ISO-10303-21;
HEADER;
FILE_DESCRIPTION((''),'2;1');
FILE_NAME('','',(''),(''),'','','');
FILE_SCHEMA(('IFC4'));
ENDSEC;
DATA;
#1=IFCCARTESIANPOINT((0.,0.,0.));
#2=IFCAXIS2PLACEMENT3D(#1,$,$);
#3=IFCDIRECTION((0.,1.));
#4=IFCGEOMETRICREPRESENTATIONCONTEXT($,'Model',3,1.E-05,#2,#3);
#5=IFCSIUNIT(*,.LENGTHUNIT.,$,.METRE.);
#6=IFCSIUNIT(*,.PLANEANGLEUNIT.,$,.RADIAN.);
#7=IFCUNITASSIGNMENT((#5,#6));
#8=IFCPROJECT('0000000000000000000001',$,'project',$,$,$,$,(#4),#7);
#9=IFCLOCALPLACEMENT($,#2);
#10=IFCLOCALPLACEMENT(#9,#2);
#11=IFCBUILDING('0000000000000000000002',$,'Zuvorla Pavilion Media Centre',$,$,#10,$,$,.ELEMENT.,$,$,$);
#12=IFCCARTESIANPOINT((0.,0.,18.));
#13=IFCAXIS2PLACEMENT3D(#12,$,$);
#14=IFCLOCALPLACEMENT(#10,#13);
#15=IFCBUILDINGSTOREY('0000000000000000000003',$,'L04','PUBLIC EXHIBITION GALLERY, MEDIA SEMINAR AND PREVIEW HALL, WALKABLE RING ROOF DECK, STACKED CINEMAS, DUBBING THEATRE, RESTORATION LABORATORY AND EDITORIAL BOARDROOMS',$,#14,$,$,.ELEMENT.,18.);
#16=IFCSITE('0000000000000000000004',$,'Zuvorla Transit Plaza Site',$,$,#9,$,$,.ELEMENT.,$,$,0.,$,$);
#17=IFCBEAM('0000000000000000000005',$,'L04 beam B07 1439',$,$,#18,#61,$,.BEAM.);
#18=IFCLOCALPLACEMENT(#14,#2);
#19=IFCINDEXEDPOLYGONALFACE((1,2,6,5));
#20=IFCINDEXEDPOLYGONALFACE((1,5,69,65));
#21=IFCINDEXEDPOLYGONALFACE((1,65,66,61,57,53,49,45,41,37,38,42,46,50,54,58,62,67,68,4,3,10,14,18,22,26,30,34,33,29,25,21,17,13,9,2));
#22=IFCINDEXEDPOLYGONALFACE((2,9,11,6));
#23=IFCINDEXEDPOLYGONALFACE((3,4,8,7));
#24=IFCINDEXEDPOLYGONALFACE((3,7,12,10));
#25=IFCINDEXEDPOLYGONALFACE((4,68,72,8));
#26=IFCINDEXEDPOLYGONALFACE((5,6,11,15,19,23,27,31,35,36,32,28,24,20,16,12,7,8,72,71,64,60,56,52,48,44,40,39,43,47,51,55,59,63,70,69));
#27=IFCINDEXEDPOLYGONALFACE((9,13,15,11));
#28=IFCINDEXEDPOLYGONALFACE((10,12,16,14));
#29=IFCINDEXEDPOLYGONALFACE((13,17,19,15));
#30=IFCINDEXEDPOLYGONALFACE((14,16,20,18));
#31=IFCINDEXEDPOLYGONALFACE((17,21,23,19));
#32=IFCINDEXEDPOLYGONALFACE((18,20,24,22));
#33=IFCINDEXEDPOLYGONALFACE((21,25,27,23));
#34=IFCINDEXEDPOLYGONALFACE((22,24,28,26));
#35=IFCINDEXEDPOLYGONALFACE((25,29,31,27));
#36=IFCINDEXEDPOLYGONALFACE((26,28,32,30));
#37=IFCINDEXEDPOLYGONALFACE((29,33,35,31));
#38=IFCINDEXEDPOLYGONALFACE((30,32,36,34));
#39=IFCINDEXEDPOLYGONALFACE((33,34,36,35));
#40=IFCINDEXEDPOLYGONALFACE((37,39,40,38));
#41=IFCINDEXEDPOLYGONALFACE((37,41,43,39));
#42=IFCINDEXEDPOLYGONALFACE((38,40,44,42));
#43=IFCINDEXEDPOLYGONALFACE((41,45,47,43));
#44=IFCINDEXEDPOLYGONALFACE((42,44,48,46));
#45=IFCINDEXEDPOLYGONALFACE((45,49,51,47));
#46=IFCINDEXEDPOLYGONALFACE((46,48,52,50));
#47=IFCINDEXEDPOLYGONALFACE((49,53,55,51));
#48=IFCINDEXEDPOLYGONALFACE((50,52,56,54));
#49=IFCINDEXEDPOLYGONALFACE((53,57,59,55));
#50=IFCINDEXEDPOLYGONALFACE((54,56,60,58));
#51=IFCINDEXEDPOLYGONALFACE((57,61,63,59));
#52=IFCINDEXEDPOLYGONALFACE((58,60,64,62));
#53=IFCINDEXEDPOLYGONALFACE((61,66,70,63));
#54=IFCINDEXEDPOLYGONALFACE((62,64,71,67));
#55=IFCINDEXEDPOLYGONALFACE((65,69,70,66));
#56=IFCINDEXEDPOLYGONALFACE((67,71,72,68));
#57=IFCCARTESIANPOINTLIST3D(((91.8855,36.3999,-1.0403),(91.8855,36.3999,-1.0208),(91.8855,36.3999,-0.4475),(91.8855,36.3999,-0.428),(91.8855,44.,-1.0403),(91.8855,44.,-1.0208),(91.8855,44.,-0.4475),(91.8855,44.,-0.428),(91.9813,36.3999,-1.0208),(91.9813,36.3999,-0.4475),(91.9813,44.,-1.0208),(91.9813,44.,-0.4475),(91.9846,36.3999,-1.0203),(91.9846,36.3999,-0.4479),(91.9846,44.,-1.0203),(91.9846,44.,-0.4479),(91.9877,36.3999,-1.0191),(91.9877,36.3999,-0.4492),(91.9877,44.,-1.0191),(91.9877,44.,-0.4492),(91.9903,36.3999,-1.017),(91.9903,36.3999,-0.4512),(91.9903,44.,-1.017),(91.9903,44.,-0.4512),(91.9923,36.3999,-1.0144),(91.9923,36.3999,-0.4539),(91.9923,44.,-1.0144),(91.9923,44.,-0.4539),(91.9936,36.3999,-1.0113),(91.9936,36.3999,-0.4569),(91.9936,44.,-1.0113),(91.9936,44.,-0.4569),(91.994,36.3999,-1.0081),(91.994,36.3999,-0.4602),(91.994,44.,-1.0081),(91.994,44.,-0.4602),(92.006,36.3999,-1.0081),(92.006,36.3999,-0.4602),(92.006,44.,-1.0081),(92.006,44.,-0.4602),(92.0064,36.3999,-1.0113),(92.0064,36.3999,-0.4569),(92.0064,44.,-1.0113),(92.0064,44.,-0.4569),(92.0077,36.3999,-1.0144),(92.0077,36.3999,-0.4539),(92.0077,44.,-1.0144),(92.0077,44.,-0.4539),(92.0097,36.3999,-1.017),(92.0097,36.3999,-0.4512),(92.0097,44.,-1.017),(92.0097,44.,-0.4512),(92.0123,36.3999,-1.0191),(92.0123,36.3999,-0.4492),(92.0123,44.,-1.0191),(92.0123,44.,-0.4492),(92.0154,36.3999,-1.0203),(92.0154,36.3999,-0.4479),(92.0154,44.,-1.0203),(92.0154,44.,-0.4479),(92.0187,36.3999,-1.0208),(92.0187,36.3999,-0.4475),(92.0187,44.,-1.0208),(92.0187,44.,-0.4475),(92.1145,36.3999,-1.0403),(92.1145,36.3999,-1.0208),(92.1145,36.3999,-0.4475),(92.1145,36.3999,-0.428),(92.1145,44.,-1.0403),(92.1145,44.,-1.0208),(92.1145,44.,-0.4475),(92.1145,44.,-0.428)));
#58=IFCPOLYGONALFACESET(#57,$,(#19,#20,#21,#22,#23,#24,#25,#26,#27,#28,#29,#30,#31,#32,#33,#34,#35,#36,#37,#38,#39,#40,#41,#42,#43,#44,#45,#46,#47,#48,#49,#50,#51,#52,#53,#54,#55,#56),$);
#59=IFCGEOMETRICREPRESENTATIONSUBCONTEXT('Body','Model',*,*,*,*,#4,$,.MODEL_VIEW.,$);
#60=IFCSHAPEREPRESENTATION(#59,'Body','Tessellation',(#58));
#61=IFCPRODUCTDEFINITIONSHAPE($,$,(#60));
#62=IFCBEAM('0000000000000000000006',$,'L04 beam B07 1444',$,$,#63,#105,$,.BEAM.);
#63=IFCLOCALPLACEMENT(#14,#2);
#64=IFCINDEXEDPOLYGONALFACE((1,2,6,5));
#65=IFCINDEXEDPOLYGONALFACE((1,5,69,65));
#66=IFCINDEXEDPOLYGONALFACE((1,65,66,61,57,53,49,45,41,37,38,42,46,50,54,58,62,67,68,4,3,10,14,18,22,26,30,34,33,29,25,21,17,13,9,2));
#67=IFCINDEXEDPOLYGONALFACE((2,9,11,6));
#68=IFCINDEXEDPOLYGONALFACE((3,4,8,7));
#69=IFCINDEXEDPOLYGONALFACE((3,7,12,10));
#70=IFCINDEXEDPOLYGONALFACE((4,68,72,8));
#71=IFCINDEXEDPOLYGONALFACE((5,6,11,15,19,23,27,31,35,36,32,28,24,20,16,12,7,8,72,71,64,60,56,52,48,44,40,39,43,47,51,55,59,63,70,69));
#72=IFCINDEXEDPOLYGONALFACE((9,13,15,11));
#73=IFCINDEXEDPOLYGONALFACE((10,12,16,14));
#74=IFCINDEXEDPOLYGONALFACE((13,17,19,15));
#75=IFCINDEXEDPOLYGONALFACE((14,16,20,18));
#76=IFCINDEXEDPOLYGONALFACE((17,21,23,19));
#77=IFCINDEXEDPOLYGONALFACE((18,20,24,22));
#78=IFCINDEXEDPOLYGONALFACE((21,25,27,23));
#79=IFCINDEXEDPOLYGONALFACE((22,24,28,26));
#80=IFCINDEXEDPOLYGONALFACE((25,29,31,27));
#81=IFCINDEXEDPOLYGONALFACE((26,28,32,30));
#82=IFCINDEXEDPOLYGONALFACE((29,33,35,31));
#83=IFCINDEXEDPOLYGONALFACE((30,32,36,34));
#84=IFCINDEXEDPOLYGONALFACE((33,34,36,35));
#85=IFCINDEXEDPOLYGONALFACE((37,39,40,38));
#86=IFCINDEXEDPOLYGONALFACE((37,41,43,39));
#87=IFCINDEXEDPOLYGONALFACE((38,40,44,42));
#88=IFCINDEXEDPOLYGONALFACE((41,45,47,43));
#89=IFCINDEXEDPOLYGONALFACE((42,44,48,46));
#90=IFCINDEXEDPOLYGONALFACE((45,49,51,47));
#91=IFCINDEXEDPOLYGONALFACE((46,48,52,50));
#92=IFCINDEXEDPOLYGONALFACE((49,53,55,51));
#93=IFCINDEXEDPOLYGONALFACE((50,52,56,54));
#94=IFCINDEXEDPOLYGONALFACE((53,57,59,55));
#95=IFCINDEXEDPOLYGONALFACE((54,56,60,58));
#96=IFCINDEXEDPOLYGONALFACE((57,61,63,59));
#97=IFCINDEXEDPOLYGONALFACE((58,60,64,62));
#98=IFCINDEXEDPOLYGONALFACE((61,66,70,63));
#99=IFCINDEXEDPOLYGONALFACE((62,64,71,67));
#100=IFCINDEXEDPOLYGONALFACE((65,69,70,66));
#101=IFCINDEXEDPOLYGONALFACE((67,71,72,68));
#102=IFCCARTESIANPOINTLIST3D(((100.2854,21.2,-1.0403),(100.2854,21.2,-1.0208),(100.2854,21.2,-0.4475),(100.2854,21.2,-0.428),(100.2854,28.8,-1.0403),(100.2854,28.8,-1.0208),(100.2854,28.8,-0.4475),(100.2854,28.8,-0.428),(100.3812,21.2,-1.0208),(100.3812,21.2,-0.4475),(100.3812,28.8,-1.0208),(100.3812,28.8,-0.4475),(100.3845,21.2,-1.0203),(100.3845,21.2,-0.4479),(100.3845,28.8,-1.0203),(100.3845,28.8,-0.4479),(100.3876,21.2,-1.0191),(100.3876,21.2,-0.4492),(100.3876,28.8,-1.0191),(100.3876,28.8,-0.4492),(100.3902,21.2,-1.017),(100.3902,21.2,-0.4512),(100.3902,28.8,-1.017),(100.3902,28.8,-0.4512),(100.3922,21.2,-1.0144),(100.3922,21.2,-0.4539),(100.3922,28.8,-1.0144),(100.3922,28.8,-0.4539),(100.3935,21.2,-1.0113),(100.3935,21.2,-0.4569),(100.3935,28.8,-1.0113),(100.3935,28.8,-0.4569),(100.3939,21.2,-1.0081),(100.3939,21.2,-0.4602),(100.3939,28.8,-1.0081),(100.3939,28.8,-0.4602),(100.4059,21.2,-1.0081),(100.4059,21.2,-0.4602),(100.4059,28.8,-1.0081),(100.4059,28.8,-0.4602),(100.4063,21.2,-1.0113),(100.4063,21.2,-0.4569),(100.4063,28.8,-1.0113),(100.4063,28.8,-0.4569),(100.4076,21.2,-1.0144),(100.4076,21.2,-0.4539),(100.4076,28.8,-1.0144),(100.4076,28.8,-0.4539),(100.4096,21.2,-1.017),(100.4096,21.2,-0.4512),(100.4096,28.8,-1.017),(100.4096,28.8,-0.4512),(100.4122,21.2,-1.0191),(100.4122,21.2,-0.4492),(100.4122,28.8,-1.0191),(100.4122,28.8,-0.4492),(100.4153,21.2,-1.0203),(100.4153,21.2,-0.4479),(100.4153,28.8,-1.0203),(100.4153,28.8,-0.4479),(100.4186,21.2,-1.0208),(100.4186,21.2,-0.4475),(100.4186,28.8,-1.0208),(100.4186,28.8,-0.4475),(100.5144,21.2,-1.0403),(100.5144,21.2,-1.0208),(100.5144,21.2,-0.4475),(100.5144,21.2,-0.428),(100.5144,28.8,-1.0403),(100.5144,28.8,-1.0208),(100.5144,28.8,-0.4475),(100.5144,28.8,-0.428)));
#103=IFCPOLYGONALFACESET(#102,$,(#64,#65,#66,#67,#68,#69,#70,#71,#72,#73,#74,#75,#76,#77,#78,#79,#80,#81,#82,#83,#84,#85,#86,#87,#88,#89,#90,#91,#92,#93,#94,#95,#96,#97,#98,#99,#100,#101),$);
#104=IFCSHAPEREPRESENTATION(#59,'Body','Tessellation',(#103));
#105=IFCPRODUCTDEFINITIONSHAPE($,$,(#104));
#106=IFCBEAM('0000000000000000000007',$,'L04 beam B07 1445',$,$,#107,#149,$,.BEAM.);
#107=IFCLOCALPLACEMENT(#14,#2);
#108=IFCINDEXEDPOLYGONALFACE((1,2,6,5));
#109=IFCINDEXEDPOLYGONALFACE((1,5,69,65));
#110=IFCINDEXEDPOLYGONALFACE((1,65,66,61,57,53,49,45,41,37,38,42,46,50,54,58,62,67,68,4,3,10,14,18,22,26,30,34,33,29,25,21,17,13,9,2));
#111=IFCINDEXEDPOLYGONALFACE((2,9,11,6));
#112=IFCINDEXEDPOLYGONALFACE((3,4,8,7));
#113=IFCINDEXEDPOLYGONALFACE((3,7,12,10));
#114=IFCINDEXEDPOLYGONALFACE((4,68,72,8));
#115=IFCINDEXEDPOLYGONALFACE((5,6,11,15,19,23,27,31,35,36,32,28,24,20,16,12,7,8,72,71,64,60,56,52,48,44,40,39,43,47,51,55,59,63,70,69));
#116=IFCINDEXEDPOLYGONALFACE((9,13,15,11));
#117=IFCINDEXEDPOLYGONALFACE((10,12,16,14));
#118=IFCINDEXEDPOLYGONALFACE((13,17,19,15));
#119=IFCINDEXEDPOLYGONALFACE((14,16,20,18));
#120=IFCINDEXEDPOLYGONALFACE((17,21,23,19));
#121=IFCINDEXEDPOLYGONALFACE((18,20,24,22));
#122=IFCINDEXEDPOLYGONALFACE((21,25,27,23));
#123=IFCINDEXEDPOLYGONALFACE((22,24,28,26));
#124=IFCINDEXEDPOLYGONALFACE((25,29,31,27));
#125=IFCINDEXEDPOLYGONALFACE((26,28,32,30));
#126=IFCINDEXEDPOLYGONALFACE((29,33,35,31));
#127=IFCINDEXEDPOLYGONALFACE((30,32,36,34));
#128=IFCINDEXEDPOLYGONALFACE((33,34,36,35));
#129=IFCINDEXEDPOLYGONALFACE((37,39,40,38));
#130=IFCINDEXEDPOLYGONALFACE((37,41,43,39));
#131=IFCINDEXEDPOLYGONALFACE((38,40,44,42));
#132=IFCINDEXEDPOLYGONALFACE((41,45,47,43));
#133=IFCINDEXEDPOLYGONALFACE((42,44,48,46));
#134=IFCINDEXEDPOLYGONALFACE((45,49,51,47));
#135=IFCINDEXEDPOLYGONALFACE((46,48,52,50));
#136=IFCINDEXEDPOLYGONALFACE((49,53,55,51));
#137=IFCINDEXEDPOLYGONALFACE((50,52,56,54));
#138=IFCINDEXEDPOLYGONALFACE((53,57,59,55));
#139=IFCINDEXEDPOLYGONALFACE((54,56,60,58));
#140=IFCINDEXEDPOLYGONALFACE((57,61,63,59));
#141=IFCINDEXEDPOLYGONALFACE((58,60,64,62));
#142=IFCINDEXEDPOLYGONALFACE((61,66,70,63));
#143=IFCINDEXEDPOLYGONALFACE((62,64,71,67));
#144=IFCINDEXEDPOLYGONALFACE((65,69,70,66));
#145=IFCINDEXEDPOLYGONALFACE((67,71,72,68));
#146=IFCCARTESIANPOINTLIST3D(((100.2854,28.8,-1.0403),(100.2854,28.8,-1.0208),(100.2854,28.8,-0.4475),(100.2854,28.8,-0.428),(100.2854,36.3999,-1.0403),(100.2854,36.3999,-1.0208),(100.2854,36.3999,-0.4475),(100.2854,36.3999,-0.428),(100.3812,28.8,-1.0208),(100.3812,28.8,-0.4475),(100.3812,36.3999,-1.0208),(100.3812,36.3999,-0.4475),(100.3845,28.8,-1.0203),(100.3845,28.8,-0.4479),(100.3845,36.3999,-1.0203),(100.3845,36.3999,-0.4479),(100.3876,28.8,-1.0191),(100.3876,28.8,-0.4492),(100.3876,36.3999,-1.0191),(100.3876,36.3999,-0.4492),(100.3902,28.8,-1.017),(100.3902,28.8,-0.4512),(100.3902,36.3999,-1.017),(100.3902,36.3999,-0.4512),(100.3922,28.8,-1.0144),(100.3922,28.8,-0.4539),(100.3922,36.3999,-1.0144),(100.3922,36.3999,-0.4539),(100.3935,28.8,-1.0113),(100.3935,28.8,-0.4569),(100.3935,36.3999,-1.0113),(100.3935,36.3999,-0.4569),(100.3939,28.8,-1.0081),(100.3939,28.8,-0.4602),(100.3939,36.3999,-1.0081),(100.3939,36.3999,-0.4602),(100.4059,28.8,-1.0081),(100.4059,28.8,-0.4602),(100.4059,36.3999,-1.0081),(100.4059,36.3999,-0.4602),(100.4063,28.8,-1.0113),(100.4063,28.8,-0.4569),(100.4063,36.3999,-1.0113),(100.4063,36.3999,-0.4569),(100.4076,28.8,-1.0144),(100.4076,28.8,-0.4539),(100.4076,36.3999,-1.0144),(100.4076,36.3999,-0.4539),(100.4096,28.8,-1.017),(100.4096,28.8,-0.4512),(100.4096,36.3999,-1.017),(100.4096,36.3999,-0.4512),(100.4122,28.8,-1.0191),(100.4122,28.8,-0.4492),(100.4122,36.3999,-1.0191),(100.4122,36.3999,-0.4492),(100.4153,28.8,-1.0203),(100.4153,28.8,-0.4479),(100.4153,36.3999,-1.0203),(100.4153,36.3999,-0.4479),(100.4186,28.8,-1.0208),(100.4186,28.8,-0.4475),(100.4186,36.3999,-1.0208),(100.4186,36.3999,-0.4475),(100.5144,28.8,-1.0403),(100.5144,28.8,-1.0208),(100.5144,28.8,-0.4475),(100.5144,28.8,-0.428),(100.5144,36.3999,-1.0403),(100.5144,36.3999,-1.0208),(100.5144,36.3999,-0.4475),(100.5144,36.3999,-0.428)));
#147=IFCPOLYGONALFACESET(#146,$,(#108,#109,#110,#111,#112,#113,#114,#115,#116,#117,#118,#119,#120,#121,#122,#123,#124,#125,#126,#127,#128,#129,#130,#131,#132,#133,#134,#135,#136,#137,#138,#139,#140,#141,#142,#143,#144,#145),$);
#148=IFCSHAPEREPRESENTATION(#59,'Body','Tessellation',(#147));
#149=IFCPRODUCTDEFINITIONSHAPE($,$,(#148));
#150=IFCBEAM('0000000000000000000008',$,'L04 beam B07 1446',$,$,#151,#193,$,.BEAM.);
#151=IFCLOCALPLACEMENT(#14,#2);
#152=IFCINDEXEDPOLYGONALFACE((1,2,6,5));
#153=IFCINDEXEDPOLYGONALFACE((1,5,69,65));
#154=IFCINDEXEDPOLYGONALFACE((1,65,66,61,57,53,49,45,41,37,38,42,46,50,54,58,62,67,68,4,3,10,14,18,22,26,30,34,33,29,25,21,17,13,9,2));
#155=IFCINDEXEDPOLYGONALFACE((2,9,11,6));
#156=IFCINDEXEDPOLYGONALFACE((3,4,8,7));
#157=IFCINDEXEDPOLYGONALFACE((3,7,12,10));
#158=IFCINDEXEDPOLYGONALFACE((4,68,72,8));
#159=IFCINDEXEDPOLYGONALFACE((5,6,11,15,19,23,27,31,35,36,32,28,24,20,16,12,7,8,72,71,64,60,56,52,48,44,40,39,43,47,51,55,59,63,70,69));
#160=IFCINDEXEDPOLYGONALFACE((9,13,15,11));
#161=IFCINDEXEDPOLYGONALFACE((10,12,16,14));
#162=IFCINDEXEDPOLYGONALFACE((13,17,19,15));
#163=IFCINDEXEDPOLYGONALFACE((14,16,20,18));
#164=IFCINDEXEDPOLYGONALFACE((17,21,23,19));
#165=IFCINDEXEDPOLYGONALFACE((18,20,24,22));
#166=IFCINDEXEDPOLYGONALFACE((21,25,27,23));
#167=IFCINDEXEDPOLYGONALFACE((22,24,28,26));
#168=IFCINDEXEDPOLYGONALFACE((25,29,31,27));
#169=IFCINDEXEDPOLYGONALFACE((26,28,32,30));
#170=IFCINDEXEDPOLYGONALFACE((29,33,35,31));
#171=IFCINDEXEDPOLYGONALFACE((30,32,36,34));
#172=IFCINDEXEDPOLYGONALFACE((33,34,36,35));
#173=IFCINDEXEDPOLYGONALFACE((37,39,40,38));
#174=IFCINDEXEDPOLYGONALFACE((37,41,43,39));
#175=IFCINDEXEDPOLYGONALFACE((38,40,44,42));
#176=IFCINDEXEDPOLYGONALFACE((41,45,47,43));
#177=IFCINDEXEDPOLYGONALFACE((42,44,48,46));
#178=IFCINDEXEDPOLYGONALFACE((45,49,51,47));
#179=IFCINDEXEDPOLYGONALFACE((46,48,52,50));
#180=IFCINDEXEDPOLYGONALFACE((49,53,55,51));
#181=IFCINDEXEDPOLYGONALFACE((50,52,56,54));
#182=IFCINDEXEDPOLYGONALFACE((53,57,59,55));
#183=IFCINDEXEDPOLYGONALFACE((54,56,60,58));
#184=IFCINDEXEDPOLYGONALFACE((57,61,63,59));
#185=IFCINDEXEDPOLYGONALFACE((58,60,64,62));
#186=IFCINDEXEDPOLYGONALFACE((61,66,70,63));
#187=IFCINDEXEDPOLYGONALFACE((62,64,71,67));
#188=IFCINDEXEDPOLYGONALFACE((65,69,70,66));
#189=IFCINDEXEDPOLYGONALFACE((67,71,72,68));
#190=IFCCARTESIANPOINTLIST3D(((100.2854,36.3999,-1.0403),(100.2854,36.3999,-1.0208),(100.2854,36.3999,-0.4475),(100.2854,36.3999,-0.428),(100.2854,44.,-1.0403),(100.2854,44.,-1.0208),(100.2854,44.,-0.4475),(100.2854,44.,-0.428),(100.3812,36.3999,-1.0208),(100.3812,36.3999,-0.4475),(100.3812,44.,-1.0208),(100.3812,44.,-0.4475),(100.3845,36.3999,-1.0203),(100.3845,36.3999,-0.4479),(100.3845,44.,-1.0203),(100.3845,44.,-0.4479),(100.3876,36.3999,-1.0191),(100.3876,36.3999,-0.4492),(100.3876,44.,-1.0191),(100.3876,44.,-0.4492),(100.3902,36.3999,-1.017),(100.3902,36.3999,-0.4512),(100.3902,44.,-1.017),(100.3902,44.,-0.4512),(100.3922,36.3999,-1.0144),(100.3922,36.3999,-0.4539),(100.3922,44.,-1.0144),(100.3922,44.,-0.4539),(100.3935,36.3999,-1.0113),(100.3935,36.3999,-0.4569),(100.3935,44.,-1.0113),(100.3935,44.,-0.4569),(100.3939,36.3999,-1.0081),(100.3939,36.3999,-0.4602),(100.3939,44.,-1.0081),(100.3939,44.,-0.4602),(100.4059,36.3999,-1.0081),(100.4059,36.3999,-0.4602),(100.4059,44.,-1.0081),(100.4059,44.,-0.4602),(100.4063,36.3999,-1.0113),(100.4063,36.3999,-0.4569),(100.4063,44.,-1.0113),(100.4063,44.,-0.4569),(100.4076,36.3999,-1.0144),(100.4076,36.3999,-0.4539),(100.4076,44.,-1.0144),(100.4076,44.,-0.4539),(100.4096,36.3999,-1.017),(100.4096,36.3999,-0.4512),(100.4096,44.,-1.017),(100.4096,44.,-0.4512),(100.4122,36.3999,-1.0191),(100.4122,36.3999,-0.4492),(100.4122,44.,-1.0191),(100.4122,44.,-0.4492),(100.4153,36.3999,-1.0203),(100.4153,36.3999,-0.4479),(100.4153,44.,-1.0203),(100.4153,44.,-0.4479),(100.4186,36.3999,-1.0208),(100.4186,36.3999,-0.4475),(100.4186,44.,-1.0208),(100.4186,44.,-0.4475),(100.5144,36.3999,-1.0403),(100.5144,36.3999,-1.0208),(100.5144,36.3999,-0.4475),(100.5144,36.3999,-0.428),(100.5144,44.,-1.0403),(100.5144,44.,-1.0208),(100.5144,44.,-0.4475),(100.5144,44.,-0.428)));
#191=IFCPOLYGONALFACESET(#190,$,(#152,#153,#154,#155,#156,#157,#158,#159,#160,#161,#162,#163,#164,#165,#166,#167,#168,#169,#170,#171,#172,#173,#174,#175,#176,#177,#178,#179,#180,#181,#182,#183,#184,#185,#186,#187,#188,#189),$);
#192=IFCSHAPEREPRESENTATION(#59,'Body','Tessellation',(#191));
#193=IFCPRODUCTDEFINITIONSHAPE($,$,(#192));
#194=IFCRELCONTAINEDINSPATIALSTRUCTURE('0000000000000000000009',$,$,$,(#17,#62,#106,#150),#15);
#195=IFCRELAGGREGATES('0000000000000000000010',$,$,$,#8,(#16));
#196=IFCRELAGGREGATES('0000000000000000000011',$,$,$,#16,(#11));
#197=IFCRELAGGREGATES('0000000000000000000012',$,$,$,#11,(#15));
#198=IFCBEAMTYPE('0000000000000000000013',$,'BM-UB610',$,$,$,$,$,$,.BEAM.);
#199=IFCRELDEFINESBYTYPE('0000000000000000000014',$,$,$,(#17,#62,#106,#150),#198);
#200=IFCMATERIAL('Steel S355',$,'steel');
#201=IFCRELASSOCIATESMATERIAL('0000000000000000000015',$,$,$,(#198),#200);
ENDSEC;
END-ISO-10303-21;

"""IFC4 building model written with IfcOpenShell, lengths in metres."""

from ifc_helpers import new_model, si_unit, direction, frame, origin, origin_2d, place, context, subcontext, project, spatial, i_section, extrude, material, material_profile, profile_set, type_object, element, save


model = new_model("IFC4")

# Units and contexts
model_context = context("Model", 3, precision=1e-05, world=origin(), true_north=direction((0.0, 1.0)))
body_context = subcontext(model_context, "Body", "Model", "MODEL_VIEW")
ifc_project = project(units=[si_unit("LENGTHUNIT", "METRE"), si_unit("PLANEANGLEUNIT", "RADIAN")], contexts=[model_context])

# Site, building, storey
site_placement = place(None, origin())
site = spatial("IfcSite", under=ifc_project, at=site_placement, Name="Zuvorla Transit Plaza Site", CompositionType="ELEMENT", RefElevation=0.0)
building_placement = place(site_placement, origin())
building = spatial("IfcBuilding", under=site, at=building_placement, Name="Zuvorla Pavilion Media Centre", CompositionType="ELEMENT")
storey_placement = place(building_placement, frame((0.0, 0.0, 18.0)))
storey = spatial("IfcBuildingStorey", under=building, at=storey_placement, Name="L04", Description="PUBLIC EXHIBITION GALLERY, MEDIA SEMINAR AND PREVIEW HALL, WALKABLE RING ROOF DECK, STACKED CINEMAS, DUBBING THEATRE, RESTORATION LABORATORY AND EDITORIAL BOARDROOMS", CompositionType="ELEMENT", Elevation=18.0)

# Beams
ifc_material_1 = material(Name="Steel S355", Category="steel")
ifc_material_profile_1 = material_profile(ifc_material_1, i_section(OverallWidth=0.229, OverallDepth=0.6123, WebThickness=0.012, FlangeThickness=0.0195, FilletRadius=0.0127, at=origin_2d()), Name="UB 610x229x125")
ifc_profile_set_1 = profile_set([ifc_material_profile_1], Name="Steel S355")
beam_type_1 = type_object("IfcBeamType", Name="BM-UB610", PredefinedType="BEAM", material=ifc_profile_set_1)
for number, where, z_axis, x_axis, name in (
    (1, (92.0, 36.3999, -0.7341), (0.0, 1.0, 0.0), (-1.0, 0.0, 0.0), "L04 beam B07 1439"),
    (2, (100.3999, 21.2, -0.7341), (0.0, 1.0, 0.0), (-1.0, 0.0, 0.0), "L04 beam B07 1444"),
):
    element("IfcBeam", number, at=place(storey_placement, frame(where, z_axis=z_axis, x_axis=x_axis)), inside=storey, type_object=beam_type_1, Name=name, PredefinedType="BEAM", context=body_context, shape_type="SweptSolid", body=[
        extrude(i_section(OverallWidth=0.229, OverallDepth=0.6123, WebThickness=0.012, FlangeThickness=0.0195, FilletRadius=0.0127, at=origin_2d()), origin(), (0.0, 0.0, 1.0), 7.6001),
    ])
beam_1_placement = place(storey_placement, frame((100.3999, 28.8, -0.7341), z_axis=(0.0, 1.0, 0.0), x_axis=(-1.0, 0.0, 0.0)))
element("IfcBeam", 3, at=beam_1_placement, inside=storey, type_object=beam_type_1, Name="L04 beam B07 1445", PredefinedType="BEAM", context=body_context, shape_type="SweptSolid", body=[
    extrude(i_section(OverallWidth=0.229, OverallDepth=0.6123, WebThickness=0.012, FlangeThickness=0.0195, FilletRadius=0.0127, at=origin_2d()), origin(), (0.0, 0.0, 1.0), 7.5999),
])
beam_2_placement = place(storey_placement, frame((100.3999, 36.3999, -0.7341), z_axis=(0.0, 1.0, 0.0), x_axis=(-1.0, 0.0, 0.0)))
element("IfcBeam", 4, at=beam_2_placement, inside=storey, type_object=beam_type_1, Name="L04 beam B07 1446", PredefinedType="BEAM", context=body_context, shape_type="SweptSolid", body=[
    extrude(i_section(OverallWidth=0.229, OverallDepth=0.6123, WebThickness=0.012, FlangeThickness=0.0195, FilletRadius=0.0127, at=origin_2d()), origin(), (0.0, 0.0, 1.0), 7.6001),
])

save(model, "model.ifc")
